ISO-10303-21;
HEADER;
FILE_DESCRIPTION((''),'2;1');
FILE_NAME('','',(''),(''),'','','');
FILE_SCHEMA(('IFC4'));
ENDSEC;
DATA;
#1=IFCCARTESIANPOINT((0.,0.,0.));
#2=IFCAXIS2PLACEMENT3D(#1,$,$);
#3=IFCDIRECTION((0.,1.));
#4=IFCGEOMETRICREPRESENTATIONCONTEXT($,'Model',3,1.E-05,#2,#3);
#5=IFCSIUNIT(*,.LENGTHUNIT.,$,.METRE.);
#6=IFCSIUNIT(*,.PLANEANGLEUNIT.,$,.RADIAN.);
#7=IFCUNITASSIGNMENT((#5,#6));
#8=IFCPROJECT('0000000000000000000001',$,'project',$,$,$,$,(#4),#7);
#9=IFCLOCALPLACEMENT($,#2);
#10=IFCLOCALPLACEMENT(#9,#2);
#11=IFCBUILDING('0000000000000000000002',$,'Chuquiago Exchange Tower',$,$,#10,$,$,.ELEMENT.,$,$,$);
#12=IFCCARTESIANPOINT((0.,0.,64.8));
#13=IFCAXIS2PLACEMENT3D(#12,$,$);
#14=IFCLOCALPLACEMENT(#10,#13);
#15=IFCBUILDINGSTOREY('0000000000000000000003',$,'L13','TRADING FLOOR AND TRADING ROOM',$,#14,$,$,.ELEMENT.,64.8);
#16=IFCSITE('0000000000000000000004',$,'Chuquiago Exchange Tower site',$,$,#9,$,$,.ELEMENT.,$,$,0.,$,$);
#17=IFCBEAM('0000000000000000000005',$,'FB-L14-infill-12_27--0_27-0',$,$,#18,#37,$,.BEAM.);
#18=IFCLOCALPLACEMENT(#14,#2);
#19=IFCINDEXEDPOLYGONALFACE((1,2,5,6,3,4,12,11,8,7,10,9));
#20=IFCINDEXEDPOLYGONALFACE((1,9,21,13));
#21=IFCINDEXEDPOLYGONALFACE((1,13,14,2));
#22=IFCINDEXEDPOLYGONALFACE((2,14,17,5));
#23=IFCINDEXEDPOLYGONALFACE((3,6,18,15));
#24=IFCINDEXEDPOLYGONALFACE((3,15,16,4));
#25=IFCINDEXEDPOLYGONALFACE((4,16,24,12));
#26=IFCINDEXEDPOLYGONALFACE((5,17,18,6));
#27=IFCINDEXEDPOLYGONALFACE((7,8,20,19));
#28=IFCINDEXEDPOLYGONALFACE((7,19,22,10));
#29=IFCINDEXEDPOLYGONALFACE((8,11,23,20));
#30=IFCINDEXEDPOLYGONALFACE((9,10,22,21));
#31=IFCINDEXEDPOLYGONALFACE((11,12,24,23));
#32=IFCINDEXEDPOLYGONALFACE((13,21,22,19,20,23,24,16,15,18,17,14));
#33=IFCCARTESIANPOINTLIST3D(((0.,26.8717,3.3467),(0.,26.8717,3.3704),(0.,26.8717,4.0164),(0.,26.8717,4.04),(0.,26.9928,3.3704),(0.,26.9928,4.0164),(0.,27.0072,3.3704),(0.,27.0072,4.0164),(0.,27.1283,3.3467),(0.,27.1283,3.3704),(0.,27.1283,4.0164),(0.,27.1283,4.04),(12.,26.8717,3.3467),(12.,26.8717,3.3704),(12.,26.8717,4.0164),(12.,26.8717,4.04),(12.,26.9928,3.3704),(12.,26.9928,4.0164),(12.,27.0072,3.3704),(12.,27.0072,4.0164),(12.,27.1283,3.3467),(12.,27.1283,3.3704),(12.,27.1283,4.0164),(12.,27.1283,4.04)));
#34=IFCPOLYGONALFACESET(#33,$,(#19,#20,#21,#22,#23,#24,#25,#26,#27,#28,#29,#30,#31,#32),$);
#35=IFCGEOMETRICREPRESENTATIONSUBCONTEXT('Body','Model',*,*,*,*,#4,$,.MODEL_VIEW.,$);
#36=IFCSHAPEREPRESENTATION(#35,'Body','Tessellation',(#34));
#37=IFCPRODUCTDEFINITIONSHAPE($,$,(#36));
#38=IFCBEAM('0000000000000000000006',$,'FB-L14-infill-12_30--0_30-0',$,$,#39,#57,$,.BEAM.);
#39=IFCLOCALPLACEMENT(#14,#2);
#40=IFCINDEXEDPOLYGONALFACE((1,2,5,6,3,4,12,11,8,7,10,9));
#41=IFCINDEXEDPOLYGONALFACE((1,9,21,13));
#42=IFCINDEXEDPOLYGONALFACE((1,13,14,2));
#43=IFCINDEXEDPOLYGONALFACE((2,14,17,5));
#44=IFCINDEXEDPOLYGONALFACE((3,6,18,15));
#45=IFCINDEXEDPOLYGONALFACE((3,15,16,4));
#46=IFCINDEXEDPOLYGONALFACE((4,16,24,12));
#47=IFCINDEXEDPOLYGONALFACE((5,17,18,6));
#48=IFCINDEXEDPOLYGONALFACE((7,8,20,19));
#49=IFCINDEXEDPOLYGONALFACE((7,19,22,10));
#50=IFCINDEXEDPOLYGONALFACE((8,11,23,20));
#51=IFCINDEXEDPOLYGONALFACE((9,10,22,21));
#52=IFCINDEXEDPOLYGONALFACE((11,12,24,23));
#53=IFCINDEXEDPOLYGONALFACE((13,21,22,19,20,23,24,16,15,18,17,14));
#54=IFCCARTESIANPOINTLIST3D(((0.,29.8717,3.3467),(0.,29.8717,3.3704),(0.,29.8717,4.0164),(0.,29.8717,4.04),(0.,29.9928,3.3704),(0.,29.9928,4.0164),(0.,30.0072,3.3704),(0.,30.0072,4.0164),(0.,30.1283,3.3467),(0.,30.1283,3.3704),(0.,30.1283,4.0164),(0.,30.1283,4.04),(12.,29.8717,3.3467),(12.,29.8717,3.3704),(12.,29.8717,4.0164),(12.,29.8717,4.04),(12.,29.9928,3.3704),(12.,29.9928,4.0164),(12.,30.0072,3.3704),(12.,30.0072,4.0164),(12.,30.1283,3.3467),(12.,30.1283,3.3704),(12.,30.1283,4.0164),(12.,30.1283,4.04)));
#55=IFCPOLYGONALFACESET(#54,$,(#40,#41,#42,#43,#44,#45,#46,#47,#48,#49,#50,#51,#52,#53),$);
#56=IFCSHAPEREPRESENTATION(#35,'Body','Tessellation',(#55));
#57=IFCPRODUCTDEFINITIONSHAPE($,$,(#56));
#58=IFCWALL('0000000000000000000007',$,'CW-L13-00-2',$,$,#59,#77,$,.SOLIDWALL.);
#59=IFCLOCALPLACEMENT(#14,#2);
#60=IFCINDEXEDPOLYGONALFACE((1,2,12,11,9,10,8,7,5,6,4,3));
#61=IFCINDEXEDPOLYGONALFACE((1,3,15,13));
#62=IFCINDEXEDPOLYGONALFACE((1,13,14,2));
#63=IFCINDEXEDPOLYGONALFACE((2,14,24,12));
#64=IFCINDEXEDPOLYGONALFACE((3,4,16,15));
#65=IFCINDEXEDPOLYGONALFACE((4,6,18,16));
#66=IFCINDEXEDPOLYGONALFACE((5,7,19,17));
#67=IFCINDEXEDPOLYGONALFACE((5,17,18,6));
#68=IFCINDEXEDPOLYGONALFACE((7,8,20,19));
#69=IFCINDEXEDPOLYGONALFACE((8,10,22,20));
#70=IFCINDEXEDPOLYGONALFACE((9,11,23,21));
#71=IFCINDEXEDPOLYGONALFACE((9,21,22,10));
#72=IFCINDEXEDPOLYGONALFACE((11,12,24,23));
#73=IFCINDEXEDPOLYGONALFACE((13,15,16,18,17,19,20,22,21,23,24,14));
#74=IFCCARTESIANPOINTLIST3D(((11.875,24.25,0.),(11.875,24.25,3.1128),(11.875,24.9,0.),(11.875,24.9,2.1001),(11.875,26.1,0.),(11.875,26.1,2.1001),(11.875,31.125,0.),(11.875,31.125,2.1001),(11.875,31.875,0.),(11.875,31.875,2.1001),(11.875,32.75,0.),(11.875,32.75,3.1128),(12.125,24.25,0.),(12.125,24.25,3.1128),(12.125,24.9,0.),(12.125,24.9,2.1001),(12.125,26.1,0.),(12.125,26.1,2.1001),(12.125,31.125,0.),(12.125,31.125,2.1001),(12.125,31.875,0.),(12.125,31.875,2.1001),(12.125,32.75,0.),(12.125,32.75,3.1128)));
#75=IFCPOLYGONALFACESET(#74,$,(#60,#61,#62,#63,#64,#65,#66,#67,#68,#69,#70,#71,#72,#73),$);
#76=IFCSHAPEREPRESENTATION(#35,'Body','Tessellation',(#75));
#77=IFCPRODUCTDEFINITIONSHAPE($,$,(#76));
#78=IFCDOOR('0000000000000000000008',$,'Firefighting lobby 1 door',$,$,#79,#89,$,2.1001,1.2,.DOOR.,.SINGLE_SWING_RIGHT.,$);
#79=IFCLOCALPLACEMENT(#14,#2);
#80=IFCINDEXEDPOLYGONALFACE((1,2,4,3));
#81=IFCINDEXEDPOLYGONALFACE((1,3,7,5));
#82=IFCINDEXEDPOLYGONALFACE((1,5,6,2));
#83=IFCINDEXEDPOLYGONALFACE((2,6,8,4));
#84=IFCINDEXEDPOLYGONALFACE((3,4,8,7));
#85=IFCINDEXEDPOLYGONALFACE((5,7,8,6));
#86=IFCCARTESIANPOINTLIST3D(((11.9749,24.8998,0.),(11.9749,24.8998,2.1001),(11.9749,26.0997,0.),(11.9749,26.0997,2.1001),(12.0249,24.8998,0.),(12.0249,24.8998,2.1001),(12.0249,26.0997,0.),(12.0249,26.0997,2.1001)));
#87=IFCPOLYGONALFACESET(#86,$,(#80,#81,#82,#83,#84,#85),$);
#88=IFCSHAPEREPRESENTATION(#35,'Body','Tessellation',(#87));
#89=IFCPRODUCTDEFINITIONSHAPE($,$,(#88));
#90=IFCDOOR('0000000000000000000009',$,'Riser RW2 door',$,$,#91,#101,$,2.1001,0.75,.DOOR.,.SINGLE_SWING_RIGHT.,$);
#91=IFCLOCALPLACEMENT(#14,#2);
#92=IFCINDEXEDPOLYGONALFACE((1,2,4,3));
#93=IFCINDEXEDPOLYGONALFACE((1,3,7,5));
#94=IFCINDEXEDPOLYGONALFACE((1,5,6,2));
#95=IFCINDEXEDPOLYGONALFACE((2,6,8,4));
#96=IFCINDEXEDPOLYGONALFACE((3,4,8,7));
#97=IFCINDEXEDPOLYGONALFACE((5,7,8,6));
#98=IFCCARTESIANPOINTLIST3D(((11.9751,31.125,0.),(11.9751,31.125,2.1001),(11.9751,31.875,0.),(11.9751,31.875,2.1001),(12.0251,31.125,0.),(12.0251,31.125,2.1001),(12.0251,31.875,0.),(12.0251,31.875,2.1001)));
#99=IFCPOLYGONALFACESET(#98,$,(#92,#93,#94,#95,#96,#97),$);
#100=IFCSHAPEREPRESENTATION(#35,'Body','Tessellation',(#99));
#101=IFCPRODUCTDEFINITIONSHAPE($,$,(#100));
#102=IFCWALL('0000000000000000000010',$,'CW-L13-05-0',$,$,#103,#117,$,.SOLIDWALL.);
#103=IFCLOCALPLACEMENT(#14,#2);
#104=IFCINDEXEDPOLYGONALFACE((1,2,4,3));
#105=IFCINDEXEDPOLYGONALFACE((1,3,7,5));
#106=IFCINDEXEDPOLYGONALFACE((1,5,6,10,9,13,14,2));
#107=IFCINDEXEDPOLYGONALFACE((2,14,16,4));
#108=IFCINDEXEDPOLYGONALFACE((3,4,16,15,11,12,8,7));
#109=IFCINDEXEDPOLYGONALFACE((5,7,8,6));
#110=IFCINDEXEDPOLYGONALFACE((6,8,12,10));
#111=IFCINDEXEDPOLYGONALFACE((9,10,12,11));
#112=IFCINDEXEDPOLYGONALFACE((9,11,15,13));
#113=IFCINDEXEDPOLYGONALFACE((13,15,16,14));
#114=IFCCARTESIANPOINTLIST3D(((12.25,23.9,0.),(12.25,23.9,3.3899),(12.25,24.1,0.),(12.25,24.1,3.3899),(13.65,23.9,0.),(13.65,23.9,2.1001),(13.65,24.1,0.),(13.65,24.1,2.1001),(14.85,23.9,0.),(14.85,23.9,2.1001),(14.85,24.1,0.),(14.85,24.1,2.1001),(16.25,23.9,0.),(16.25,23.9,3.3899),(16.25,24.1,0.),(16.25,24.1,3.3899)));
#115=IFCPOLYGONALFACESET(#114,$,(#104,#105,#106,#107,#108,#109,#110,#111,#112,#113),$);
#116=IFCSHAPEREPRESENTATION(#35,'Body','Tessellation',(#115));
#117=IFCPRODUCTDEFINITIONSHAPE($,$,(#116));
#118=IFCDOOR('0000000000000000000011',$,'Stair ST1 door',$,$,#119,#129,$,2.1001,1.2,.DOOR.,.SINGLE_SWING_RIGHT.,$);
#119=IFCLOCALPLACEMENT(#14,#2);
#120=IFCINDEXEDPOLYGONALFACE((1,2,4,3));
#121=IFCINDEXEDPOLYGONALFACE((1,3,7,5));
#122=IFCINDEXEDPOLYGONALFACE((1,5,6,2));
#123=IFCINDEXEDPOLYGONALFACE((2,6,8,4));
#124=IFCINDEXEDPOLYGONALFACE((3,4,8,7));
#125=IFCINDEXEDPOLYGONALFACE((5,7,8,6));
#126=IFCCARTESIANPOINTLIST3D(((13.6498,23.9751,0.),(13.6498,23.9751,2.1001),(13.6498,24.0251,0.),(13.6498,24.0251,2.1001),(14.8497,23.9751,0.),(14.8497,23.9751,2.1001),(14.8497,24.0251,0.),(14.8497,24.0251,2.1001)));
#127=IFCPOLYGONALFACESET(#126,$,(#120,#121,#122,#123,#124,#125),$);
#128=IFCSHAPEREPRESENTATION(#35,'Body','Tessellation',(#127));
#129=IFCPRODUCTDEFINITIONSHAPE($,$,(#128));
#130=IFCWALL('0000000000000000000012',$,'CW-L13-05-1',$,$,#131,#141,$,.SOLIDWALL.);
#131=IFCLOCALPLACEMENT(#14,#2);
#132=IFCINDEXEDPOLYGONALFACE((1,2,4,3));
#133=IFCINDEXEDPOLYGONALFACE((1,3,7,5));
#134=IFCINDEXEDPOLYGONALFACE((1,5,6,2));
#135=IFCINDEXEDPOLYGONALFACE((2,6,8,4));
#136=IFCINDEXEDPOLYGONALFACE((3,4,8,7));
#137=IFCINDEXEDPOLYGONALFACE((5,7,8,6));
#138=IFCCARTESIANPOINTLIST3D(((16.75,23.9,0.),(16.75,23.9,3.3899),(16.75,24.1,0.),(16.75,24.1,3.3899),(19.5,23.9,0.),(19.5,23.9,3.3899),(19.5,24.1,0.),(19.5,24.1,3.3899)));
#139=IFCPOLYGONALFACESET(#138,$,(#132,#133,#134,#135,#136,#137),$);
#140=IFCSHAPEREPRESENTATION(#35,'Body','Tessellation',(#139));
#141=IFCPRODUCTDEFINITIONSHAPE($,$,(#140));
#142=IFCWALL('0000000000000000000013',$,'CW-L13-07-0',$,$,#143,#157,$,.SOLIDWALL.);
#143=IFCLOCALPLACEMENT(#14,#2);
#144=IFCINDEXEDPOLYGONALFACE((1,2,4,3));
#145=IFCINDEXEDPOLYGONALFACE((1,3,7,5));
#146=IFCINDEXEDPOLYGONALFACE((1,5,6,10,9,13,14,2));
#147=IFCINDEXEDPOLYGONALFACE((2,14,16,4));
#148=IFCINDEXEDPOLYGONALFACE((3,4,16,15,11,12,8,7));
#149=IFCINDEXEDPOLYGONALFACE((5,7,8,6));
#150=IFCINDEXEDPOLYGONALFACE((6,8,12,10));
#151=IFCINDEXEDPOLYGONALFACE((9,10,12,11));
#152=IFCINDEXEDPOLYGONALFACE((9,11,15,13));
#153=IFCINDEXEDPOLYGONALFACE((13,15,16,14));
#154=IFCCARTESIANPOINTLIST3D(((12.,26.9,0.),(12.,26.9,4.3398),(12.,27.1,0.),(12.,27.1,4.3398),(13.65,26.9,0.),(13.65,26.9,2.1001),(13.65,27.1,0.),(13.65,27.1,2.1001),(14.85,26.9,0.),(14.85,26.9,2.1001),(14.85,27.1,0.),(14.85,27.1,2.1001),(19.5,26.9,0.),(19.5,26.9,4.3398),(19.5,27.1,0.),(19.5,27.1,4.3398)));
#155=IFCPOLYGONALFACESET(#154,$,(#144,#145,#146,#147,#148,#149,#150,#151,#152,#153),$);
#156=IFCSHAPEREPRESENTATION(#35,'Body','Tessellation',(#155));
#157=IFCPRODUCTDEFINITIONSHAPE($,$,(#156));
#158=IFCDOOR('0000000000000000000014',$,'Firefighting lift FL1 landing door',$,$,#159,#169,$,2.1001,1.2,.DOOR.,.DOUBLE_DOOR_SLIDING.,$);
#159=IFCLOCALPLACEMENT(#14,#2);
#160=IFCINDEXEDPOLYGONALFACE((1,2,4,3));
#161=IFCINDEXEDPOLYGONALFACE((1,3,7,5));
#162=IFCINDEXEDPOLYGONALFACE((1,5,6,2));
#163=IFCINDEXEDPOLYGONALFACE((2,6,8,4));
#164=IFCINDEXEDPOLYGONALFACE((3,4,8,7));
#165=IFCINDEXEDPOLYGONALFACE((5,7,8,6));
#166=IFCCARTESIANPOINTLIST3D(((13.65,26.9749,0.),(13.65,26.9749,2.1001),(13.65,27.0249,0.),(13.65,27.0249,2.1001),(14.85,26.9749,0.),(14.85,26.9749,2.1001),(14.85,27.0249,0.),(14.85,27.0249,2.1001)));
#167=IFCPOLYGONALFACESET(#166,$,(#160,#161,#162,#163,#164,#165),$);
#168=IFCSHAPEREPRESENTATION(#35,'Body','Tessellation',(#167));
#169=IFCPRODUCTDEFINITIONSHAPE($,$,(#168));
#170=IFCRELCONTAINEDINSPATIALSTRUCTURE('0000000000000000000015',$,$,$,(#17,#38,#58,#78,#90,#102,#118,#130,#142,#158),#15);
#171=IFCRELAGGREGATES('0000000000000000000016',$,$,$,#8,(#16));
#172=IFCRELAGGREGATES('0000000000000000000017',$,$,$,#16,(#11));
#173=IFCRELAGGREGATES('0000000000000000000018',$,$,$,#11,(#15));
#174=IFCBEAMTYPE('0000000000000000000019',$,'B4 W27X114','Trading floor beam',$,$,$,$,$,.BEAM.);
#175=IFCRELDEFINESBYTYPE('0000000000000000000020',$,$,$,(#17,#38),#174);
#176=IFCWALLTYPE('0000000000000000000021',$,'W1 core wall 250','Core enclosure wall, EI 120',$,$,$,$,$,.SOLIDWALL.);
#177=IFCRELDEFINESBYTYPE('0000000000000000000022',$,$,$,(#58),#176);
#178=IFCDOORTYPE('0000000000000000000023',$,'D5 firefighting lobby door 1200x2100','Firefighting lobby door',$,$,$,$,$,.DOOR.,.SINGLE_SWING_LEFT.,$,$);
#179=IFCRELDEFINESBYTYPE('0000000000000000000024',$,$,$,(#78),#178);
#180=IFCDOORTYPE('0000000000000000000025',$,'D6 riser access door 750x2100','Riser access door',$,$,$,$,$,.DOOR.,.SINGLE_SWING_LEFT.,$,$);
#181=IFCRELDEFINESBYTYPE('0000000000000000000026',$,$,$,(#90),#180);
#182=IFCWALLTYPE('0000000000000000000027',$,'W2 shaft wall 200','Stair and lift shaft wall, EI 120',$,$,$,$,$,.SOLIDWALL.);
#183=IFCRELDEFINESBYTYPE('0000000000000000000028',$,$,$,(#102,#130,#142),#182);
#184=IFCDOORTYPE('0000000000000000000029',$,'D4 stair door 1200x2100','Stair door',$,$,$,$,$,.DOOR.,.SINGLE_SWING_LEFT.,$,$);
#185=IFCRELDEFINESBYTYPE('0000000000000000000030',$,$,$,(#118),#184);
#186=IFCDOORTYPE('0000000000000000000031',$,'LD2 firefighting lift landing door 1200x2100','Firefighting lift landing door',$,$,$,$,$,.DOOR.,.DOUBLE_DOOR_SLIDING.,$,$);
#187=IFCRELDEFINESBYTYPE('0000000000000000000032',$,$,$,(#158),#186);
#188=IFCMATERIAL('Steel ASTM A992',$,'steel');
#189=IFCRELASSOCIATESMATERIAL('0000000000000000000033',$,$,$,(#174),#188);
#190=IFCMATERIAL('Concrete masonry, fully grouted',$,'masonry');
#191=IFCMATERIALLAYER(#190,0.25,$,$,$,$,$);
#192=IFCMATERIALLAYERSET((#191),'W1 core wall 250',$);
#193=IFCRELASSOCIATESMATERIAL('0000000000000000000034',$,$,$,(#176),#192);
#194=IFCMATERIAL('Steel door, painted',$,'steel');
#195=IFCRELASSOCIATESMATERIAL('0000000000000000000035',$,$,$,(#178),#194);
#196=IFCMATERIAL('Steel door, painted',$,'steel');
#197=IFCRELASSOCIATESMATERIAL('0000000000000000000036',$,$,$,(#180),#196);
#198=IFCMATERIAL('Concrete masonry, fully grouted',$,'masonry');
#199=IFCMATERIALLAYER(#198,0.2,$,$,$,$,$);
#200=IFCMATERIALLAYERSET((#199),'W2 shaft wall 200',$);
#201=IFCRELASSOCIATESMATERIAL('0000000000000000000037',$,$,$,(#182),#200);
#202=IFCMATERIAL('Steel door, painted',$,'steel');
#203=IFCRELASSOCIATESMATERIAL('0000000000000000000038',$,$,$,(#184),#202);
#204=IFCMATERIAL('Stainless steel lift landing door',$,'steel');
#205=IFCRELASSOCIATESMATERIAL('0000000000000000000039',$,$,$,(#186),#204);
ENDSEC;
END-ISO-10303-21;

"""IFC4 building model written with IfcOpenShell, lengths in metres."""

from ifc_helpers import new_model, si_unit, direction, frame, frame_2d, origin, origin_2d, place, context, subcontext, project, spatial, rectangle, i_section, extrude, material, layer, layer_set, material_profile, profile_set, type_object, element, fill, save


model = new_model("IFC4")

# Units and contexts
model_context = context("Model", 3, precision=1e-05, world=origin(), true_north=direction((0.0, 1.0)))
body_context = subcontext(model_context, "Body", "Model", "MODEL_VIEW")
ifc_project = project(units=[si_unit("LENGTHUNIT", "METRE"), si_unit("PLANEANGLEUNIT", "RADIAN")], contexts=[model_context])

# Site, building, storey
site_placement = place(None, origin())
site = spatial("IfcSite", under=ifc_project, at=site_placement, Name="Chuquiago Exchange Tower site", CompositionType="ELEMENT", RefElevation=0.0)
building_placement = place(site_placement, origin())
building = spatial("IfcBuilding", under=site, at=building_placement, Name="Chuquiago Exchange Tower", CompositionType="ELEMENT")
storey_placement = place(building_placement, frame((0.0, 0.0, 64.8)))
storey = spatial("IfcBuildingStorey", under=building, at=storey_placement, Name="L13", Description="TRADING FLOOR AND TRADING ROOM", CompositionType="ELEMENT", Elevation=64.8)

# Beams
ifc_material_1 = material(Name="Steel ASTM A992", Category="steel")
ifc_material_profile_1 = material_profile(ifc_material_1, i_section(OverallWidth=0.2566, OverallDepth=0.6934, WebThickness=0.0144, FlangeThickness=0.0237, at=origin_2d()), Name="W27X114")
ifc_profile_set_1 = profile_set([ifc_material_profile_1], Name="Steel ASTM A992")
beam_type_1 = type_object("IfcBeamType", Name="B4 W27X114", Description="Trading floor beam", PredefinedType="BEAM", material=ifc_profile_set_1)
for number, where, z_axis, x_axis, name in (
    (1, (12.0, 27.0, 3.6934), (-1.0, 0.0, 0.0), (0.0, -1.0, 0.0), "FB-L14-infill-12_27--0_27-0"),
    (2, (12.0, 30.0, 3.6934), (-1.0, 0.0, 0.0), (0.0, -1.0, 0.0), "FB-L14-infill-12_30--0_30-0"),
):
    element("IfcBeam", number, at=place(storey_placement, frame(where, z_axis=z_axis, x_axis=x_axis)), inside=storey, type_object=beam_type_1, Name=name, PredefinedType="BEAM", context=body_context, shape_type="SweptSolid", body=[
        extrude(i_section(OverallWidth=0.2566, OverallDepth=0.6934, WebThickness=0.0144, FlangeThickness=0.0237, at=origin_2d()), origin(), (0.0, 0.0, 1.0), 12.0),
    ])

# Wall, openings, doors
ifc_material_2 = material(Name="Concrete masonry, fully grouted", Category="masonry")
ifc_layer_1 = layer(ifc_material_2, 0.25)
ifc_layer_set_1 = layer_set([ifc_layer_1], Name="W1 core wall 250")
wall_type_1 = type_object("IfcWallType", Name="W1 core wall 250", Description="Core enclosure wall, EI 120", PredefinedType="SOLIDWALL", material=ifc_layer_set_1)
wall_1_placement = place(storey_placement, frame((12.0, 24.25, 0.0), z_axis=(0.0, 0.0, 1.0), x_axis=(0.0, 1.0, 0.0)))
wall_1 = element("IfcWall", 3, at=wall_1_placement, inside=storey, type_object=wall_type_1, Name="CW-L13-00-2", PredefinedType="SOLIDWALL", context=body_context, shape_type="SweptSolid", body=[
    extrude(rectangle(XDim=8.5, YDim=0.25, at=frame_2d((4.25, 0.0))), origin(), (0.0, 0.0, 1.0), 3.1128),
])
opening_1_placement = place(wall_1_placement, frame((0.6499, 0.0, 0.0)))
opening_1 = element("IfcOpeningElement", 4, at=opening_1_placement, cuts=wall_1, PredefinedType="OPENING", context=body_context, shape_type="SweptSolid", body=[
    extrude(rectangle(XDim=1.2, YDim=2.1001, at=frame_2d((0.6001, 1.05))), frame((0.0, 0.135, 0.0), z_axis=(0.0, -1.0, 0.0), x_axis=(1.0, 0.0, 0.0)), (0.0, 0.0, 1.0), 0.27),
])
opening_2_placement = place(wall_1_placement, frame((6.875, 0.0, 0.0)))
opening_2 = element("IfcOpeningElement", 5, at=opening_2_placement, cuts=wall_1, PredefinedType="OPENING", context=body_context, shape_type="SweptSolid", body=[
    extrude(rectangle(XDim=0.75, YDim=2.1001, at=frame_2d((0.375, 1.05))), frame((0.0, 0.135, 0.0), z_axis=(0.0, -1.0, 0.0), x_axis=(1.0, 0.0, 0.0)), (0.0, 0.0, 1.0), 0.27),
])
ifc_material_3 = material(Name="Steel door, painted", Category="steel")
door_type_1 = type_object("IfcDoorType", Name="D5 firefighting lobby door 1200x2100", Description="Firefighting lobby door", OperationType="SINGLE_SWING_LEFT", PredefinedType="DOOR", material=ifc_material_3)
door_1_placement = place(opening_1_placement, frame((1.2, 0.0, 0.0), z_axis=(0.0, 0.0, 1.0), x_axis=(-1.0, 0.0, 0.0)))
door_1 = element("IfcDoor", 6, at=door_1_placement, inside=storey, type_object=door_type_1, Name="Firefighting lobby 1 door", OperationType="SINGLE_SWING_RIGHT", OverallHeight=2.1001, OverallWidth=1.2, PredefinedType="DOOR", context=body_context, shape_type="SweptSolid", body=[
    extrude(rectangle(XDim=1.2, YDim=2.1001, at=frame_2d((0.6001, 1.05))), frame((0.0, 0.0249, 0.0), z_axis=(0.0, -1.0, 0.0), x_axis=(1.0, 0.0, 0.0)), (0.0, 0.0, 1.0), 0.05),
])
fill(opening_1, door_1)
ifc_material_4 = material(Name="Steel door, painted", Category="steel")
door_type_2 = type_object("IfcDoorType", Name="D6 riser access door 750x2100", Description="Riser access door", OperationType="SINGLE_SWING_LEFT", PredefinedType="DOOR", material=ifc_material_4)
door_2_placement = place(opening_2_placement, origin())
door_2 = element("IfcDoor", 7, at=door_2_placement, inside=storey, type_object=door_type_2, Name="Riser RW2 door", OperationType="SINGLE_SWING_RIGHT", OverallHeight=2.1001, OverallWidth=0.75, PredefinedType="DOOR", context=body_context, shape_type="SweptSolid", body=[
    extrude(rectangle(XDim=0.75, YDim=2.1001, at=frame_2d((0.375, 1.05))), frame((0.0, 0.0249, 0.0), z_axis=(0.0, -1.0, 0.0), x_axis=(1.0, 0.0, 0.0)), (0.0, 0.0, 1.0), 0.05),
])
fill(opening_2, door_2)

# Wall, opening, door
ifc_material_5 = material(Name="Concrete masonry, fully grouted", Category="masonry")
ifc_layer_2 = layer(ifc_material_5, 0.2)
ifc_layer_set_2 = layer_set([ifc_layer_2], Name="W2 shaft wall 200")
wall_type_2 = type_object("IfcWallType", Name="W2 shaft wall 200", Description="Stair and lift shaft wall, EI 120", PredefinedType="SOLIDWALL", material=ifc_layer_set_2)
wall_2_placement = place(storey_placement, frame((12.25, 24.0, 0.0), z_axis=(0.0, 0.0, 1.0), x_axis=(1.0, 0.0, 0.0)))
wall_2 = element("IfcWall", 8, at=wall_2_placement, inside=storey, type_object=wall_type_2, Name="CW-L13-05-0", PredefinedType="SOLIDWALL", context=body_context, shape_type="SweptSolid", body=[
    extrude(rectangle(XDim=4.0, YDim=0.2, at=frame_2d((2.0, 0.0))), origin(), (0.0, 0.0, 1.0), 3.3899),
])
opening_3_placement = place(wall_2_placement, frame((1.3999, 0.0, 0.0)))
opening_3 = element("IfcOpeningElement", 9, at=opening_3_placement, cuts=wall_2, PredefinedType="OPENING", context=body_context, shape_type="SweptSolid", body=[
    extrude(rectangle(XDim=1.2, YDim=2.1001, at=frame_2d((0.6001, 1.05))), frame((0.0, 0.1099, 0.0), z_axis=(0.0, -1.0, 0.0), x_axis=(1.0, 0.0, 0.0)), (0.0, 0.0, 1.0), 0.22),
])
ifc_material_6 = material(Name="Steel door, painted", Category="steel")
door_type_3 = type_object("IfcDoorType", Name="D4 stair door 1200x2100", Description="Stair door", OperationType="SINGLE_SWING_LEFT", PredefinedType="DOOR", material=ifc_material_6)
door_3_placement = place(opening_3_placement, frame((1.2, 0.0, 0.0), z_axis=(0.0, 0.0, 1.0), x_axis=(-1.0, 0.0, 0.0)))
door_3 = element("IfcDoor", 10, at=door_3_placement, inside=storey, type_object=door_type_3, Name="Stair ST1 door", OperationType="SINGLE_SWING_RIGHT", OverallHeight=2.1001, OverallWidth=1.2, PredefinedType="DOOR", context=body_context, shape_type="SweptSolid", body=[
    extrude(rectangle(XDim=1.2, YDim=2.1001, at=frame_2d((0.6001, 1.05))), frame((0.0, 0.0249, 0.0), z_axis=(0.0, -1.0, 0.0), x_axis=(1.0, 0.0, 0.0)), (0.0, 0.0, 1.0), 0.05),
])
fill(opening_3, door_3)

# Wall
wall_3_placement = place(storey_placement, frame((16.75, 24.0, 0.0), z_axis=(0.0, 0.0, 1.0), x_axis=(1.0, 0.0, 0.0)))
element("IfcWall", 11, at=wall_3_placement, inside=storey, type_object=wall_type_2, Name="CW-L13-05-1", PredefinedType="SOLIDWALL", context=body_context, shape_type="SweptSolid", body=[
    extrude(rectangle(XDim=2.75, YDim=0.2, at=frame_2d((1.375, 0.0))), origin(), (0.0, 0.0, 1.0), 3.3899),
])

# Wall, opening, door
wall_4_placement = place(storey_placement, frame((12.0, 27.0, 0.0), z_axis=(0.0, 0.0, 1.0), x_axis=(1.0, 0.0, 0.0)))
wall_4 = element("IfcWall", 12, at=wall_4_placement, inside=storey, type_object=wall_type_2, Name="CW-L13-07-0", PredefinedType="SOLIDWALL", context=body_context, shape_type="SweptSolid", body=[
    extrude(rectangle(XDim=7.5, YDim=0.2, at=frame_2d((3.75, 0.0))), origin(), (0.0, 0.0, 1.0), 4.3398),
])
opening_4_placement = place(wall_4_placement, frame((1.6499, 0.0, 0.0)))
opening_4 = element("IfcOpeningElement", 13, at=opening_4_placement, cuts=wall_4, PredefinedType="OPENING", context=body_context, shape_type="SweptSolid", body=[
    extrude(rectangle(XDim=1.2, YDim=2.1001, at=frame_2d((0.6001, 1.05))), frame((0.0, 0.1099, 0.0), z_axis=(0.0, -1.0, 0.0), x_axis=(1.0, 0.0, 0.0)), (0.0, 0.0, 1.0), 0.22),
])
ifc_material_7 = material(Name="Stainless steel lift landing door", Category="steel")
door_type_4 = type_object("IfcDoorType", Name="LD2 firefighting lift landing door 1200x2100", Description="Firefighting lift landing door", OperationType="DOUBLE_DOOR_SLIDING", PredefinedType="DOOR", material=ifc_material_7)
door_4_placement = place(opening_4_placement, origin())
door_4 = element("IfcDoor", 14, at=door_4_placement, inside=storey, type_object=door_type_4, Name="Firefighting lift FL1 landing door", OperationType="DOUBLE_DOOR_SLIDING", OverallHeight=2.1001, OverallWidth=1.2, PredefinedType="DOOR", context=body_context, shape_type="SweptSolid", body=[
    extrude(rectangle(XDim=1.2, YDim=2.1001, at=frame_2d((0.6001, 1.05))), frame((0.0, 0.0249, 0.0), z_axis=(0.0, -1.0, 0.0), x_axis=(1.0, 0.0, 0.0)), (0.0, 0.0, 1.0), 0.05),
])
fill(opening_4, door_4)

save(model, "model.ifc")
